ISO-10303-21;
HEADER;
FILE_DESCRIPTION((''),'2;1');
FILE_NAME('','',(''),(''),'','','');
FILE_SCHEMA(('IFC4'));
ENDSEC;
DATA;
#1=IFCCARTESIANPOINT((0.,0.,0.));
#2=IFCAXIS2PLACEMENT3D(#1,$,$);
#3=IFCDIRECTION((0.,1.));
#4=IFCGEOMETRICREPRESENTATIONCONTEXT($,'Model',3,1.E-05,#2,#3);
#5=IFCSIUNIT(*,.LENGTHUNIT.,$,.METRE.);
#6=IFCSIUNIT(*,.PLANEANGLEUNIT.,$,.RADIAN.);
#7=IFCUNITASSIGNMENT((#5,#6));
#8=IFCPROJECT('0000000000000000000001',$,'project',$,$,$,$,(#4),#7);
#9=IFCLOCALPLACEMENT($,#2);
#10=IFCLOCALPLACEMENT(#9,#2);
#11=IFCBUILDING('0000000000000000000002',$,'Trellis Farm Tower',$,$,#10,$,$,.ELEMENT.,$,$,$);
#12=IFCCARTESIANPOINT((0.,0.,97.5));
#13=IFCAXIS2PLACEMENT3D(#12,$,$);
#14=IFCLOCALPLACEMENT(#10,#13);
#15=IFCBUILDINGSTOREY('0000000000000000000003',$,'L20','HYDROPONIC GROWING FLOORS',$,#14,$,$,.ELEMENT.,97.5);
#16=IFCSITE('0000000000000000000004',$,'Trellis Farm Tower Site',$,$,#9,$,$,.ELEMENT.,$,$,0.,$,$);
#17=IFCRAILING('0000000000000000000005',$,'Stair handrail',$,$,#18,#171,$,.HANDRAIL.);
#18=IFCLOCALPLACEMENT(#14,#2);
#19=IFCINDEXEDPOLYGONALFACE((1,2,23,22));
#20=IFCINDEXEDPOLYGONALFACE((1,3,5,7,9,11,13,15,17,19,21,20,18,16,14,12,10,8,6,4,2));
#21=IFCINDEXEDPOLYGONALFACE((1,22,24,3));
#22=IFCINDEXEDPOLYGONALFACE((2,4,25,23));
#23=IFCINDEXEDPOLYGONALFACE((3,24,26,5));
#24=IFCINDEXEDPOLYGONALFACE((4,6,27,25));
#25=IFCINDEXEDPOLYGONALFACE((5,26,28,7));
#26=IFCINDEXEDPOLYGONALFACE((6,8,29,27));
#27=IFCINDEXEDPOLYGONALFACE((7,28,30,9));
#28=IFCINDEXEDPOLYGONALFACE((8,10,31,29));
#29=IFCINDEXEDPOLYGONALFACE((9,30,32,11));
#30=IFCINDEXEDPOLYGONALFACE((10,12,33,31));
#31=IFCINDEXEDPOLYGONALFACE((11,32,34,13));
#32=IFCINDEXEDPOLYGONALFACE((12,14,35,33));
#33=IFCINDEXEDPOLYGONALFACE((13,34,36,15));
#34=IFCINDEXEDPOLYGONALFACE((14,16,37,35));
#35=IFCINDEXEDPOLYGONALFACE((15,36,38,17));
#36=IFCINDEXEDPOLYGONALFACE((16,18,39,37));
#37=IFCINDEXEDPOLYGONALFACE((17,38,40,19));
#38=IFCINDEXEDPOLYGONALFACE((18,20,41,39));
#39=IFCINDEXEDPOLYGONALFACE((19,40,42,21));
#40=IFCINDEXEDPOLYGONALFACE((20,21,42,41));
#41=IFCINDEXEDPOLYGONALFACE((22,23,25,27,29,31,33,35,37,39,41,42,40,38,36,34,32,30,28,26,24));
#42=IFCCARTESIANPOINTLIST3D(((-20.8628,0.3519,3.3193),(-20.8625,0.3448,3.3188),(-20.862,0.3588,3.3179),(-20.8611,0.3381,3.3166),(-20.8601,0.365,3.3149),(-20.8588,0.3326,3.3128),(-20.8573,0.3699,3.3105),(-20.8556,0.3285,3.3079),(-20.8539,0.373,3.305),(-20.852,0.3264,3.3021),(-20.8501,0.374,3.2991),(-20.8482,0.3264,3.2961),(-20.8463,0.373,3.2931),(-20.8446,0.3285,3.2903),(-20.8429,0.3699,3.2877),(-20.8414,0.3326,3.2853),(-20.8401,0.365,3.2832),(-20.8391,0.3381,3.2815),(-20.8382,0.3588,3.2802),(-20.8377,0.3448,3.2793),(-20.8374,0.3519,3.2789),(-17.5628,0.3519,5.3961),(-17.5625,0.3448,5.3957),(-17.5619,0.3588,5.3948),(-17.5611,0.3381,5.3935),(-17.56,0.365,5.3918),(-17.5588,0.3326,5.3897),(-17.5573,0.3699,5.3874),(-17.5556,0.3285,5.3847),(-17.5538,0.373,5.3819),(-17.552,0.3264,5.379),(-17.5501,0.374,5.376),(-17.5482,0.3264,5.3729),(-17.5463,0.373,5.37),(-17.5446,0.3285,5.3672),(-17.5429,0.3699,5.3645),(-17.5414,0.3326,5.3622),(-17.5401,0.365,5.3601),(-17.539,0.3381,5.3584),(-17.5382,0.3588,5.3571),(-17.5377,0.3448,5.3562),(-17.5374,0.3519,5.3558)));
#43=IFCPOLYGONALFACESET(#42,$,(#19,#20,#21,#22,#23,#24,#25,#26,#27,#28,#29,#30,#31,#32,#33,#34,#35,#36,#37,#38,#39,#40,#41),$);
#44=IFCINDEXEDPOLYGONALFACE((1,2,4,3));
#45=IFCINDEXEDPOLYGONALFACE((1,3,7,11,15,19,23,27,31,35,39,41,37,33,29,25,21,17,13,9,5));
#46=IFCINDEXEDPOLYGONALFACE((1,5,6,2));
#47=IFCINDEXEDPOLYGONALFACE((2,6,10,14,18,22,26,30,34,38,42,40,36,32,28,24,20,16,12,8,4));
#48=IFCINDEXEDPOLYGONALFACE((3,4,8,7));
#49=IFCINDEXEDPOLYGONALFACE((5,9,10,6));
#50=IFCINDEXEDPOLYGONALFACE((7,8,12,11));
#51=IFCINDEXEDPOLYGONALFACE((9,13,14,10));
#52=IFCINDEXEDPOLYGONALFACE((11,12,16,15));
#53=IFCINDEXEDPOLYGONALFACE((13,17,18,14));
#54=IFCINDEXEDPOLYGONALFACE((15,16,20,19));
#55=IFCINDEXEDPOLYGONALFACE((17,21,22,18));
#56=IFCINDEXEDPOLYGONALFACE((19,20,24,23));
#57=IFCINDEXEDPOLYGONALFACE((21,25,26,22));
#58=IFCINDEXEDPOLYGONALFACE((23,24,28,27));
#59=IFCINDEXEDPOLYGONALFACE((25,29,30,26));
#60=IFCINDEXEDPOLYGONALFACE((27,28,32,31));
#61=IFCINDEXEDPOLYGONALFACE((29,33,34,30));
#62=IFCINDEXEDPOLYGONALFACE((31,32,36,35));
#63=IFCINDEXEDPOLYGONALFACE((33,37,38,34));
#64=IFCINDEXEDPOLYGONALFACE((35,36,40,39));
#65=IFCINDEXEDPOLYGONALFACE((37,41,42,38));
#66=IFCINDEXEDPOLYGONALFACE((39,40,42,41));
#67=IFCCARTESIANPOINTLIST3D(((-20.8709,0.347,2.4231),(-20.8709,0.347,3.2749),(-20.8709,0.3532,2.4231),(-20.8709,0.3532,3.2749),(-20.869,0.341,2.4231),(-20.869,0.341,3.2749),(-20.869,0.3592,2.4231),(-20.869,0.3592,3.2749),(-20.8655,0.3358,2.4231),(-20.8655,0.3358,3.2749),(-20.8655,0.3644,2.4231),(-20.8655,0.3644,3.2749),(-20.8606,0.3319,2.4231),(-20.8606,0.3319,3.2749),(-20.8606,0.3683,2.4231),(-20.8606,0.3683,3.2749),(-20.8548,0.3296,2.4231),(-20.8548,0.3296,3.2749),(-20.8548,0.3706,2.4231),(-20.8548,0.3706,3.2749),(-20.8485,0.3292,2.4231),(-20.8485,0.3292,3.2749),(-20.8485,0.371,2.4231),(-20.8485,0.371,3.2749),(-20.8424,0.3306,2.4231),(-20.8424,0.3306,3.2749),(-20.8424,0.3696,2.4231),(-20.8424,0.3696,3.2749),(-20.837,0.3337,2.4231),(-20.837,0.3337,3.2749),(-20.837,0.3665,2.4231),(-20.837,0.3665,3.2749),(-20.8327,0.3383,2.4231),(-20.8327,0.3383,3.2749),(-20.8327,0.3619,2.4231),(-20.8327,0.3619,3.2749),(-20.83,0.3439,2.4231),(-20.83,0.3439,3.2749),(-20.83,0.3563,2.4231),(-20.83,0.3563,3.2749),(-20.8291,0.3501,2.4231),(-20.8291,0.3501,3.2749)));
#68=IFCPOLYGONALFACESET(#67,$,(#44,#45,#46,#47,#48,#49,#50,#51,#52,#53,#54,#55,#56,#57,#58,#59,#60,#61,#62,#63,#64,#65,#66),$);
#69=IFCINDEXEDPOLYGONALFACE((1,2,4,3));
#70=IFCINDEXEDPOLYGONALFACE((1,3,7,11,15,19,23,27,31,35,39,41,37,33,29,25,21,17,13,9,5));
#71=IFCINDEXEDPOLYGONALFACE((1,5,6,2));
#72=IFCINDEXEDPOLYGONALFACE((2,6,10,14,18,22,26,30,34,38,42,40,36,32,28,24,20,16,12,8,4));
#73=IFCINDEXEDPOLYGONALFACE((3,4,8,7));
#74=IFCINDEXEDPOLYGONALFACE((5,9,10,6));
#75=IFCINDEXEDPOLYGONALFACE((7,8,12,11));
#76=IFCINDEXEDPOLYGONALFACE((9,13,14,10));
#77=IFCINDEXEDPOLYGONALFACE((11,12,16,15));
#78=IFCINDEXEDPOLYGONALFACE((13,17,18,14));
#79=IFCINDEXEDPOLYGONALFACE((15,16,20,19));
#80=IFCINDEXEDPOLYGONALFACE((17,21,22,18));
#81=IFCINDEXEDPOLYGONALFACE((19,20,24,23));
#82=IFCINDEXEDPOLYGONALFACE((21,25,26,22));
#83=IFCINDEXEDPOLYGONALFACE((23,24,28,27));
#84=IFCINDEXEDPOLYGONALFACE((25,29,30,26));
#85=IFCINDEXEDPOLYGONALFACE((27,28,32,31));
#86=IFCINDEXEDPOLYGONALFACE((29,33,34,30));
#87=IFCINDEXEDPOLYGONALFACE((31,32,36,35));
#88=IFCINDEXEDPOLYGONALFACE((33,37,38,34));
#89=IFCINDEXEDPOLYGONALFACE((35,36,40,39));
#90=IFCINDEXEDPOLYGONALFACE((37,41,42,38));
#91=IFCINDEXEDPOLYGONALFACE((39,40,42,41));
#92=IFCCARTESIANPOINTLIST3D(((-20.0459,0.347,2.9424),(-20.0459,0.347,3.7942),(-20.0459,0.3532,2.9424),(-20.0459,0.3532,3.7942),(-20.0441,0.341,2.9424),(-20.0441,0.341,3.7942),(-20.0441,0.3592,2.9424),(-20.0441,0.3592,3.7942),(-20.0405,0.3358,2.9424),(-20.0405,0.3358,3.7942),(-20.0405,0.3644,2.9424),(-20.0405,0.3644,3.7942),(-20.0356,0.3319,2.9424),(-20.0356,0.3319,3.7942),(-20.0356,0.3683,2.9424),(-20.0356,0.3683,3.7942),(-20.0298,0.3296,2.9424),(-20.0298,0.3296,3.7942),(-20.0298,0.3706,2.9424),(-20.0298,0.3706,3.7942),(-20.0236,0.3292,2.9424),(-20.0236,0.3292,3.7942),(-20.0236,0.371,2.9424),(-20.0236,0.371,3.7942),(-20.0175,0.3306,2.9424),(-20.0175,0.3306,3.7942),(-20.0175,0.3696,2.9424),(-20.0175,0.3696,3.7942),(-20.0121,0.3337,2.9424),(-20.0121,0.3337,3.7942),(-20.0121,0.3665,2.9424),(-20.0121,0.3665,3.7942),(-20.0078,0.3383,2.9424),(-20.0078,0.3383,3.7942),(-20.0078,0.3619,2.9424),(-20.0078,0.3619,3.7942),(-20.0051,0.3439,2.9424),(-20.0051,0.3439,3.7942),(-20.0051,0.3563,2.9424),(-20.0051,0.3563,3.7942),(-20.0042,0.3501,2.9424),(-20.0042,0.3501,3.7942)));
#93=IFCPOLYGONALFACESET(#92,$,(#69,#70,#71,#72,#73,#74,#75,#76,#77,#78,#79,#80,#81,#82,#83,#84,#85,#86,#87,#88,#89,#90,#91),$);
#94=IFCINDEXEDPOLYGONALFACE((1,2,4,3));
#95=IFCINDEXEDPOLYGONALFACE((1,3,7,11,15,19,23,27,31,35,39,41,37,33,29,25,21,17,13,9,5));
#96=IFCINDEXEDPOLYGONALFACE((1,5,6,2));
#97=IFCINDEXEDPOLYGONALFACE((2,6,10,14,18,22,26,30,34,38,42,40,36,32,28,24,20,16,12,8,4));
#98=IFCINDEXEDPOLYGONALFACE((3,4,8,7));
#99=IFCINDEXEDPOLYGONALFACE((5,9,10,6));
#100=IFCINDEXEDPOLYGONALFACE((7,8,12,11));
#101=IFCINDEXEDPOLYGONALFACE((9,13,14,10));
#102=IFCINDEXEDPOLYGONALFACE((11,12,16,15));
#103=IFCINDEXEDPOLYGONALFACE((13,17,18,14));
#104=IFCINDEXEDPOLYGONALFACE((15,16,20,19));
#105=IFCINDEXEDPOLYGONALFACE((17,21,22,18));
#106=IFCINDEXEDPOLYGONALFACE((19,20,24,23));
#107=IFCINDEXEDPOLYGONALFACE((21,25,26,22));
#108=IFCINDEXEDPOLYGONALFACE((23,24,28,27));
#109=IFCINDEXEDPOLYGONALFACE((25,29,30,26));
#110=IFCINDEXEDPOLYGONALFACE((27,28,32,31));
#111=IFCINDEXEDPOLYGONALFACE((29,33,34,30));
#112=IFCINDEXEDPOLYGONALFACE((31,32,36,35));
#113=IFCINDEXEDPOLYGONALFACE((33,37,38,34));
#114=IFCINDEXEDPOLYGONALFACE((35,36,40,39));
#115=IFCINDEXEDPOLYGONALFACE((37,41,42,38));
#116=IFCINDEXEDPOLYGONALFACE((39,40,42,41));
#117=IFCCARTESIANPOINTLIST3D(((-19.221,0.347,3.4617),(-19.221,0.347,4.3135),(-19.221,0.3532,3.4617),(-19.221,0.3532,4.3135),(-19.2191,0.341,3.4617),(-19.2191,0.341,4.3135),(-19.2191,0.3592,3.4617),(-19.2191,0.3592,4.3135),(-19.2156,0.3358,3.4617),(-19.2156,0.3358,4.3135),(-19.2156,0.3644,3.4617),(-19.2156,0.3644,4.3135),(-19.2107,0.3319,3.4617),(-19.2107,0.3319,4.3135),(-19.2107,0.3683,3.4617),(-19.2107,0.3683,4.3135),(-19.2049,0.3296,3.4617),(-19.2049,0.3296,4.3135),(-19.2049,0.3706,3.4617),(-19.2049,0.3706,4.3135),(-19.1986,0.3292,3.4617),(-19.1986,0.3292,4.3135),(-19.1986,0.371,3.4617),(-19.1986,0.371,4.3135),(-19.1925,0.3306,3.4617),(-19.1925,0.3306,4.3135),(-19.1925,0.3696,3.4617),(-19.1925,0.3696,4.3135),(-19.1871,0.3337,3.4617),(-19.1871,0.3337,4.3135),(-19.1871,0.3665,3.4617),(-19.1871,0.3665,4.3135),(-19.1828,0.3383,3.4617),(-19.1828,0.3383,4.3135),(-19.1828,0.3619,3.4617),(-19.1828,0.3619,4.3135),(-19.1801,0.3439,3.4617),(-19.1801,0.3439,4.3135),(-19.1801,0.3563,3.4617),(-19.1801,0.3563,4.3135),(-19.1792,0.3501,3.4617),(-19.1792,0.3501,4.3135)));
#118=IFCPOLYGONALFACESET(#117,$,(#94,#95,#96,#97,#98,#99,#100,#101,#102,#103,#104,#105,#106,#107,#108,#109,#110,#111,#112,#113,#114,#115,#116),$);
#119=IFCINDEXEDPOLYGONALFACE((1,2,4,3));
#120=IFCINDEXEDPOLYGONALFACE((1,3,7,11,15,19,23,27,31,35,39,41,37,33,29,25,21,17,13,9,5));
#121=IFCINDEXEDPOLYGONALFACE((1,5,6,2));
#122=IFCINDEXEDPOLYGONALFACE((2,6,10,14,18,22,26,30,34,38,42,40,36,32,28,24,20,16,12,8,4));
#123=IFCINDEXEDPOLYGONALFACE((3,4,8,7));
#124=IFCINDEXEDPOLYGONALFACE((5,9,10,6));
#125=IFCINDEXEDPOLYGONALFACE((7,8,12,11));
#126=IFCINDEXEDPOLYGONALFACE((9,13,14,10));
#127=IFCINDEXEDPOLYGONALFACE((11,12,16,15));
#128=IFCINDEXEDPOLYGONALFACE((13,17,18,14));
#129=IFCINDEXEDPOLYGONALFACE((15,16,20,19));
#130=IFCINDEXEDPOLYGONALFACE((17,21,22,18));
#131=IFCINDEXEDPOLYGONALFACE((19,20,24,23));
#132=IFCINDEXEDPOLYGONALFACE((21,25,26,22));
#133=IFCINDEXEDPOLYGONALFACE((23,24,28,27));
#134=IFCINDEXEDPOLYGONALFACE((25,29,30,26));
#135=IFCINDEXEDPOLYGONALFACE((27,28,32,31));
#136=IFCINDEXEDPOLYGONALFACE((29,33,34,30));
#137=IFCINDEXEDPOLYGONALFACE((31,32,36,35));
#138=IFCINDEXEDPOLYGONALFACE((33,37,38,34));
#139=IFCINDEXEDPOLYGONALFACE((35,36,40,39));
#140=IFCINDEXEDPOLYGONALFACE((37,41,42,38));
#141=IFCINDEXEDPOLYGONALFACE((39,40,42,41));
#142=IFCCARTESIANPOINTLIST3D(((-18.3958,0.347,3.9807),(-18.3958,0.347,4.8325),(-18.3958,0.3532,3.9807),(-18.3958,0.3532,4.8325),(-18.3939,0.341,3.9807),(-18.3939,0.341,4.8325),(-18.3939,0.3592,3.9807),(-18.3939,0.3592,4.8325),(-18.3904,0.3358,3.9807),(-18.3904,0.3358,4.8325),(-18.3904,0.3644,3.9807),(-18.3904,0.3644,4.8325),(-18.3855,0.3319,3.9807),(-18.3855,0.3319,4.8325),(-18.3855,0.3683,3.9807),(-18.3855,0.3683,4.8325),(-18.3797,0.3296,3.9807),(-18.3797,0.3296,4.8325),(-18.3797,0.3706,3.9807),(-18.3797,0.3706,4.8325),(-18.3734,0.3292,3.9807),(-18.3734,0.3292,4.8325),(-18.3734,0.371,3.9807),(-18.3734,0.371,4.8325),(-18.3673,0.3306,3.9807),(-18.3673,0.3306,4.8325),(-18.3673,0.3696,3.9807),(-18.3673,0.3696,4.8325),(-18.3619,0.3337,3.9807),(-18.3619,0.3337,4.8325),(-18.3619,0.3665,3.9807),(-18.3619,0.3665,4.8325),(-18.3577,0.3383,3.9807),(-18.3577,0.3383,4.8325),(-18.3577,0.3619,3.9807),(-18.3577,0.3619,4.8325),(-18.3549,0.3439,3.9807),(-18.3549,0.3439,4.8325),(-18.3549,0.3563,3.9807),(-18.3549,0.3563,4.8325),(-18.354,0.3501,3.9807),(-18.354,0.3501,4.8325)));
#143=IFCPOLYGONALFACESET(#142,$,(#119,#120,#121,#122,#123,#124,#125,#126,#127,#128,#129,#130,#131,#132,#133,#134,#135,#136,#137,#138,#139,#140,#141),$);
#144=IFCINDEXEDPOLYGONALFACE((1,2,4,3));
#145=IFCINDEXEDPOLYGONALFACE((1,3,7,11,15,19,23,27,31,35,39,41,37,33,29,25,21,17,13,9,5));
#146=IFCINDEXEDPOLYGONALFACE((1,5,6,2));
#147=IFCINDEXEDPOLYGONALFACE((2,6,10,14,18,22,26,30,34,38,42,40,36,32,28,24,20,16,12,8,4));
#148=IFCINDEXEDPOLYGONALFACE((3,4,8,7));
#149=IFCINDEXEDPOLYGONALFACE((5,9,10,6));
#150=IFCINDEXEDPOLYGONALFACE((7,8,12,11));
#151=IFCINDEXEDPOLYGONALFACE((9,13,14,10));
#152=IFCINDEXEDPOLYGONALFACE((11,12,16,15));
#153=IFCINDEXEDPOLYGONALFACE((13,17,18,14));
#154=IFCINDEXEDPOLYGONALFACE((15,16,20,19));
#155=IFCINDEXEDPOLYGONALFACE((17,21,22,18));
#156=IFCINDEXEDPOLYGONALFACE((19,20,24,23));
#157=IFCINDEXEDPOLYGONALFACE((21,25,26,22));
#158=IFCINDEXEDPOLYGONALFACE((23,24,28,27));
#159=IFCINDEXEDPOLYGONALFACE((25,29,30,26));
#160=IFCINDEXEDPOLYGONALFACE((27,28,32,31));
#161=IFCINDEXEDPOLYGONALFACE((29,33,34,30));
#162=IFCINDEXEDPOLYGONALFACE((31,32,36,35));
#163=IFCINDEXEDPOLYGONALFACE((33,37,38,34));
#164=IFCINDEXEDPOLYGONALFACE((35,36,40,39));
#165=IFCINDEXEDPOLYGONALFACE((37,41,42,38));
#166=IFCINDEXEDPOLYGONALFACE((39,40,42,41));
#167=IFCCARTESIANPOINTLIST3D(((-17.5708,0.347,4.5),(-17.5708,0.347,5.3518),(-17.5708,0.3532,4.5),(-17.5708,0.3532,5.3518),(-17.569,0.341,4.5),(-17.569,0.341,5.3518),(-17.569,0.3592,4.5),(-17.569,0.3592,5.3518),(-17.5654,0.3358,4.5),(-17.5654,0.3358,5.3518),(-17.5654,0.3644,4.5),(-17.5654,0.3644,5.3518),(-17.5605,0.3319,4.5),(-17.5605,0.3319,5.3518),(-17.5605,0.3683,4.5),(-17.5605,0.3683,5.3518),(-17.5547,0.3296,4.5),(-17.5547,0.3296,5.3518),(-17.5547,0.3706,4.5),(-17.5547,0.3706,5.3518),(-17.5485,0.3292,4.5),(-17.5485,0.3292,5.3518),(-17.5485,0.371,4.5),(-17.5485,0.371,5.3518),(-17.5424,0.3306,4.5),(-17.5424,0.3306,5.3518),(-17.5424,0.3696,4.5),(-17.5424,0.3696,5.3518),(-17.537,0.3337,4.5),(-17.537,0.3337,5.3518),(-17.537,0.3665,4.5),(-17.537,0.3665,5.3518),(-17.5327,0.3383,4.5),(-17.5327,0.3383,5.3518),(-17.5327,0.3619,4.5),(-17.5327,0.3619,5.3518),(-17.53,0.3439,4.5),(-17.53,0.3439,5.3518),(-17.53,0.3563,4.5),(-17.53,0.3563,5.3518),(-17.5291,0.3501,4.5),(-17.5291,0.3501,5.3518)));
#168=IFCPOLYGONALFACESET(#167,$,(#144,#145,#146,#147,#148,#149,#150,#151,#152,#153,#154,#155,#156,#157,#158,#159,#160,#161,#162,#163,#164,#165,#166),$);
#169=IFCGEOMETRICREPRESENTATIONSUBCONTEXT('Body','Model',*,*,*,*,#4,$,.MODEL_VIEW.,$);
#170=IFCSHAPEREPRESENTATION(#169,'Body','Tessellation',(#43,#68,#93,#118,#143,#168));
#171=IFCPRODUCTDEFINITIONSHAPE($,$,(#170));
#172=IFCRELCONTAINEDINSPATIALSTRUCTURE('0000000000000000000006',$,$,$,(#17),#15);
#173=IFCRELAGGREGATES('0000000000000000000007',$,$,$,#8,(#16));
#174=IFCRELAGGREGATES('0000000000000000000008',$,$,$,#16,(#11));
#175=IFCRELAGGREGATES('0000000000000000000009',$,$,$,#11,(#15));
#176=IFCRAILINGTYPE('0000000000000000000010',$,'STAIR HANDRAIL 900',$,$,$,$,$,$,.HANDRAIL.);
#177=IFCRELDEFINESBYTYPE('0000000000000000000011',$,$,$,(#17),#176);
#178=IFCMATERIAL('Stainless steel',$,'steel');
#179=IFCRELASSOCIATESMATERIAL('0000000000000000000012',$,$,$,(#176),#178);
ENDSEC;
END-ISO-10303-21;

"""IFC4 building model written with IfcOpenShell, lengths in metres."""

from ifc_helpers import new_model, si_unit, direction, frame, origin, origin_2d, place, context, subcontext, project, spatial, circle, extrude, source, transform, mapped, material, type_object, element, save


model = new_model("IFC4")

# Units and contexts
model_context = context("Model", 3, precision=1e-05, world=origin(), true_north=direction((0.0, 1.0)))
body_context = subcontext(model_context, "Body", "Model", "MODEL_VIEW")
ifc_project = project(units=[si_unit("LENGTHUNIT", "METRE"), si_unit("PLANEANGLEUNIT", "RADIAN")], contexts=[model_context])

# Site, building, storey
site_placement = place(None, origin())
site = spatial("IfcSite", under=ifc_project, at=site_placement, Name="Trellis Farm Tower Site", CompositionType="ELEMENT", RefElevation=0.0)
building_placement = place(site_placement, origin())
building = spatial("IfcBuilding", under=site, at=building_placement, Name="Trellis Farm Tower", CompositionType="ELEMENT")
storey_placement = place(building_placement, frame((0.0, 0.0, 97.5)))
storey = spatial("IfcBuildingStorey", under=building, at=storey_placement, Name="L20", Description="HYDROPONIC GROWING FLOORS", CompositionType="ELEMENT", Elevation=97.5)

# Railing
ifc_material_1 = material(Name="Stainless steel", Category="steel")
railing_type = type_object("IfcRailingType", Name="STAIR HANDRAIL 900", PredefinedType="HANDRAIL", material=ifc_material_1)
shared_shape_1 = source(origin(), body_context, "Body", "SweptSolid", [
    extrude(circle(Radius=0.0239, at=origin_2d()), frame((0.0, 0.0, 0.876), z_axis=(0.846337, 0.0, 0.532647), x_axis=(0.0, 1.0, 0.0)), (0.0, 0.0, 1.0), 3.8992),
    extrude(circle(Radius=0.021, at=origin_2d()), origin(), (0.0, 0.0, 1.0), 0.8518),
    extrude(circle(Radius=0.021, at=origin_2d()), frame((0.825, 0.0, 0.5193)), (0.0, 0.0, 1.0), 0.8518),
    extrude(circle(Radius=0.021, at=origin_2d()), frame((1.6499, 0.0, 1.0386)), (0.0, 0.0, 1.0), 0.8518),
    extrude(circle(Radius=0.021, at=origin_2d()), frame((2.4751, 0.0, 1.5576)), (0.0, 0.0, 1.0), 0.8518),
    extrude(circle(Radius=0.021, at=origin_2d()), frame((3.3, 0.0, 2.0769)), (0.0, 0.0, 1.0), 0.8518),
])
for number, where, name in (
    (1, (-20.8501, 0.3501, 2.4231), "Stair handrail"),
):
    element("IfcRailing", number, at=place(storey_placement, frame(where)), inside=storey, type_object=railing_type, Name=name, PredefinedType="HANDRAIL", context=body_context, shape_type="MappedRepresentation", body=[
        mapped(shared_shape_1, transform((0.0, 0.0, 0.0))),
    ])

save(model, "model.ifc")
